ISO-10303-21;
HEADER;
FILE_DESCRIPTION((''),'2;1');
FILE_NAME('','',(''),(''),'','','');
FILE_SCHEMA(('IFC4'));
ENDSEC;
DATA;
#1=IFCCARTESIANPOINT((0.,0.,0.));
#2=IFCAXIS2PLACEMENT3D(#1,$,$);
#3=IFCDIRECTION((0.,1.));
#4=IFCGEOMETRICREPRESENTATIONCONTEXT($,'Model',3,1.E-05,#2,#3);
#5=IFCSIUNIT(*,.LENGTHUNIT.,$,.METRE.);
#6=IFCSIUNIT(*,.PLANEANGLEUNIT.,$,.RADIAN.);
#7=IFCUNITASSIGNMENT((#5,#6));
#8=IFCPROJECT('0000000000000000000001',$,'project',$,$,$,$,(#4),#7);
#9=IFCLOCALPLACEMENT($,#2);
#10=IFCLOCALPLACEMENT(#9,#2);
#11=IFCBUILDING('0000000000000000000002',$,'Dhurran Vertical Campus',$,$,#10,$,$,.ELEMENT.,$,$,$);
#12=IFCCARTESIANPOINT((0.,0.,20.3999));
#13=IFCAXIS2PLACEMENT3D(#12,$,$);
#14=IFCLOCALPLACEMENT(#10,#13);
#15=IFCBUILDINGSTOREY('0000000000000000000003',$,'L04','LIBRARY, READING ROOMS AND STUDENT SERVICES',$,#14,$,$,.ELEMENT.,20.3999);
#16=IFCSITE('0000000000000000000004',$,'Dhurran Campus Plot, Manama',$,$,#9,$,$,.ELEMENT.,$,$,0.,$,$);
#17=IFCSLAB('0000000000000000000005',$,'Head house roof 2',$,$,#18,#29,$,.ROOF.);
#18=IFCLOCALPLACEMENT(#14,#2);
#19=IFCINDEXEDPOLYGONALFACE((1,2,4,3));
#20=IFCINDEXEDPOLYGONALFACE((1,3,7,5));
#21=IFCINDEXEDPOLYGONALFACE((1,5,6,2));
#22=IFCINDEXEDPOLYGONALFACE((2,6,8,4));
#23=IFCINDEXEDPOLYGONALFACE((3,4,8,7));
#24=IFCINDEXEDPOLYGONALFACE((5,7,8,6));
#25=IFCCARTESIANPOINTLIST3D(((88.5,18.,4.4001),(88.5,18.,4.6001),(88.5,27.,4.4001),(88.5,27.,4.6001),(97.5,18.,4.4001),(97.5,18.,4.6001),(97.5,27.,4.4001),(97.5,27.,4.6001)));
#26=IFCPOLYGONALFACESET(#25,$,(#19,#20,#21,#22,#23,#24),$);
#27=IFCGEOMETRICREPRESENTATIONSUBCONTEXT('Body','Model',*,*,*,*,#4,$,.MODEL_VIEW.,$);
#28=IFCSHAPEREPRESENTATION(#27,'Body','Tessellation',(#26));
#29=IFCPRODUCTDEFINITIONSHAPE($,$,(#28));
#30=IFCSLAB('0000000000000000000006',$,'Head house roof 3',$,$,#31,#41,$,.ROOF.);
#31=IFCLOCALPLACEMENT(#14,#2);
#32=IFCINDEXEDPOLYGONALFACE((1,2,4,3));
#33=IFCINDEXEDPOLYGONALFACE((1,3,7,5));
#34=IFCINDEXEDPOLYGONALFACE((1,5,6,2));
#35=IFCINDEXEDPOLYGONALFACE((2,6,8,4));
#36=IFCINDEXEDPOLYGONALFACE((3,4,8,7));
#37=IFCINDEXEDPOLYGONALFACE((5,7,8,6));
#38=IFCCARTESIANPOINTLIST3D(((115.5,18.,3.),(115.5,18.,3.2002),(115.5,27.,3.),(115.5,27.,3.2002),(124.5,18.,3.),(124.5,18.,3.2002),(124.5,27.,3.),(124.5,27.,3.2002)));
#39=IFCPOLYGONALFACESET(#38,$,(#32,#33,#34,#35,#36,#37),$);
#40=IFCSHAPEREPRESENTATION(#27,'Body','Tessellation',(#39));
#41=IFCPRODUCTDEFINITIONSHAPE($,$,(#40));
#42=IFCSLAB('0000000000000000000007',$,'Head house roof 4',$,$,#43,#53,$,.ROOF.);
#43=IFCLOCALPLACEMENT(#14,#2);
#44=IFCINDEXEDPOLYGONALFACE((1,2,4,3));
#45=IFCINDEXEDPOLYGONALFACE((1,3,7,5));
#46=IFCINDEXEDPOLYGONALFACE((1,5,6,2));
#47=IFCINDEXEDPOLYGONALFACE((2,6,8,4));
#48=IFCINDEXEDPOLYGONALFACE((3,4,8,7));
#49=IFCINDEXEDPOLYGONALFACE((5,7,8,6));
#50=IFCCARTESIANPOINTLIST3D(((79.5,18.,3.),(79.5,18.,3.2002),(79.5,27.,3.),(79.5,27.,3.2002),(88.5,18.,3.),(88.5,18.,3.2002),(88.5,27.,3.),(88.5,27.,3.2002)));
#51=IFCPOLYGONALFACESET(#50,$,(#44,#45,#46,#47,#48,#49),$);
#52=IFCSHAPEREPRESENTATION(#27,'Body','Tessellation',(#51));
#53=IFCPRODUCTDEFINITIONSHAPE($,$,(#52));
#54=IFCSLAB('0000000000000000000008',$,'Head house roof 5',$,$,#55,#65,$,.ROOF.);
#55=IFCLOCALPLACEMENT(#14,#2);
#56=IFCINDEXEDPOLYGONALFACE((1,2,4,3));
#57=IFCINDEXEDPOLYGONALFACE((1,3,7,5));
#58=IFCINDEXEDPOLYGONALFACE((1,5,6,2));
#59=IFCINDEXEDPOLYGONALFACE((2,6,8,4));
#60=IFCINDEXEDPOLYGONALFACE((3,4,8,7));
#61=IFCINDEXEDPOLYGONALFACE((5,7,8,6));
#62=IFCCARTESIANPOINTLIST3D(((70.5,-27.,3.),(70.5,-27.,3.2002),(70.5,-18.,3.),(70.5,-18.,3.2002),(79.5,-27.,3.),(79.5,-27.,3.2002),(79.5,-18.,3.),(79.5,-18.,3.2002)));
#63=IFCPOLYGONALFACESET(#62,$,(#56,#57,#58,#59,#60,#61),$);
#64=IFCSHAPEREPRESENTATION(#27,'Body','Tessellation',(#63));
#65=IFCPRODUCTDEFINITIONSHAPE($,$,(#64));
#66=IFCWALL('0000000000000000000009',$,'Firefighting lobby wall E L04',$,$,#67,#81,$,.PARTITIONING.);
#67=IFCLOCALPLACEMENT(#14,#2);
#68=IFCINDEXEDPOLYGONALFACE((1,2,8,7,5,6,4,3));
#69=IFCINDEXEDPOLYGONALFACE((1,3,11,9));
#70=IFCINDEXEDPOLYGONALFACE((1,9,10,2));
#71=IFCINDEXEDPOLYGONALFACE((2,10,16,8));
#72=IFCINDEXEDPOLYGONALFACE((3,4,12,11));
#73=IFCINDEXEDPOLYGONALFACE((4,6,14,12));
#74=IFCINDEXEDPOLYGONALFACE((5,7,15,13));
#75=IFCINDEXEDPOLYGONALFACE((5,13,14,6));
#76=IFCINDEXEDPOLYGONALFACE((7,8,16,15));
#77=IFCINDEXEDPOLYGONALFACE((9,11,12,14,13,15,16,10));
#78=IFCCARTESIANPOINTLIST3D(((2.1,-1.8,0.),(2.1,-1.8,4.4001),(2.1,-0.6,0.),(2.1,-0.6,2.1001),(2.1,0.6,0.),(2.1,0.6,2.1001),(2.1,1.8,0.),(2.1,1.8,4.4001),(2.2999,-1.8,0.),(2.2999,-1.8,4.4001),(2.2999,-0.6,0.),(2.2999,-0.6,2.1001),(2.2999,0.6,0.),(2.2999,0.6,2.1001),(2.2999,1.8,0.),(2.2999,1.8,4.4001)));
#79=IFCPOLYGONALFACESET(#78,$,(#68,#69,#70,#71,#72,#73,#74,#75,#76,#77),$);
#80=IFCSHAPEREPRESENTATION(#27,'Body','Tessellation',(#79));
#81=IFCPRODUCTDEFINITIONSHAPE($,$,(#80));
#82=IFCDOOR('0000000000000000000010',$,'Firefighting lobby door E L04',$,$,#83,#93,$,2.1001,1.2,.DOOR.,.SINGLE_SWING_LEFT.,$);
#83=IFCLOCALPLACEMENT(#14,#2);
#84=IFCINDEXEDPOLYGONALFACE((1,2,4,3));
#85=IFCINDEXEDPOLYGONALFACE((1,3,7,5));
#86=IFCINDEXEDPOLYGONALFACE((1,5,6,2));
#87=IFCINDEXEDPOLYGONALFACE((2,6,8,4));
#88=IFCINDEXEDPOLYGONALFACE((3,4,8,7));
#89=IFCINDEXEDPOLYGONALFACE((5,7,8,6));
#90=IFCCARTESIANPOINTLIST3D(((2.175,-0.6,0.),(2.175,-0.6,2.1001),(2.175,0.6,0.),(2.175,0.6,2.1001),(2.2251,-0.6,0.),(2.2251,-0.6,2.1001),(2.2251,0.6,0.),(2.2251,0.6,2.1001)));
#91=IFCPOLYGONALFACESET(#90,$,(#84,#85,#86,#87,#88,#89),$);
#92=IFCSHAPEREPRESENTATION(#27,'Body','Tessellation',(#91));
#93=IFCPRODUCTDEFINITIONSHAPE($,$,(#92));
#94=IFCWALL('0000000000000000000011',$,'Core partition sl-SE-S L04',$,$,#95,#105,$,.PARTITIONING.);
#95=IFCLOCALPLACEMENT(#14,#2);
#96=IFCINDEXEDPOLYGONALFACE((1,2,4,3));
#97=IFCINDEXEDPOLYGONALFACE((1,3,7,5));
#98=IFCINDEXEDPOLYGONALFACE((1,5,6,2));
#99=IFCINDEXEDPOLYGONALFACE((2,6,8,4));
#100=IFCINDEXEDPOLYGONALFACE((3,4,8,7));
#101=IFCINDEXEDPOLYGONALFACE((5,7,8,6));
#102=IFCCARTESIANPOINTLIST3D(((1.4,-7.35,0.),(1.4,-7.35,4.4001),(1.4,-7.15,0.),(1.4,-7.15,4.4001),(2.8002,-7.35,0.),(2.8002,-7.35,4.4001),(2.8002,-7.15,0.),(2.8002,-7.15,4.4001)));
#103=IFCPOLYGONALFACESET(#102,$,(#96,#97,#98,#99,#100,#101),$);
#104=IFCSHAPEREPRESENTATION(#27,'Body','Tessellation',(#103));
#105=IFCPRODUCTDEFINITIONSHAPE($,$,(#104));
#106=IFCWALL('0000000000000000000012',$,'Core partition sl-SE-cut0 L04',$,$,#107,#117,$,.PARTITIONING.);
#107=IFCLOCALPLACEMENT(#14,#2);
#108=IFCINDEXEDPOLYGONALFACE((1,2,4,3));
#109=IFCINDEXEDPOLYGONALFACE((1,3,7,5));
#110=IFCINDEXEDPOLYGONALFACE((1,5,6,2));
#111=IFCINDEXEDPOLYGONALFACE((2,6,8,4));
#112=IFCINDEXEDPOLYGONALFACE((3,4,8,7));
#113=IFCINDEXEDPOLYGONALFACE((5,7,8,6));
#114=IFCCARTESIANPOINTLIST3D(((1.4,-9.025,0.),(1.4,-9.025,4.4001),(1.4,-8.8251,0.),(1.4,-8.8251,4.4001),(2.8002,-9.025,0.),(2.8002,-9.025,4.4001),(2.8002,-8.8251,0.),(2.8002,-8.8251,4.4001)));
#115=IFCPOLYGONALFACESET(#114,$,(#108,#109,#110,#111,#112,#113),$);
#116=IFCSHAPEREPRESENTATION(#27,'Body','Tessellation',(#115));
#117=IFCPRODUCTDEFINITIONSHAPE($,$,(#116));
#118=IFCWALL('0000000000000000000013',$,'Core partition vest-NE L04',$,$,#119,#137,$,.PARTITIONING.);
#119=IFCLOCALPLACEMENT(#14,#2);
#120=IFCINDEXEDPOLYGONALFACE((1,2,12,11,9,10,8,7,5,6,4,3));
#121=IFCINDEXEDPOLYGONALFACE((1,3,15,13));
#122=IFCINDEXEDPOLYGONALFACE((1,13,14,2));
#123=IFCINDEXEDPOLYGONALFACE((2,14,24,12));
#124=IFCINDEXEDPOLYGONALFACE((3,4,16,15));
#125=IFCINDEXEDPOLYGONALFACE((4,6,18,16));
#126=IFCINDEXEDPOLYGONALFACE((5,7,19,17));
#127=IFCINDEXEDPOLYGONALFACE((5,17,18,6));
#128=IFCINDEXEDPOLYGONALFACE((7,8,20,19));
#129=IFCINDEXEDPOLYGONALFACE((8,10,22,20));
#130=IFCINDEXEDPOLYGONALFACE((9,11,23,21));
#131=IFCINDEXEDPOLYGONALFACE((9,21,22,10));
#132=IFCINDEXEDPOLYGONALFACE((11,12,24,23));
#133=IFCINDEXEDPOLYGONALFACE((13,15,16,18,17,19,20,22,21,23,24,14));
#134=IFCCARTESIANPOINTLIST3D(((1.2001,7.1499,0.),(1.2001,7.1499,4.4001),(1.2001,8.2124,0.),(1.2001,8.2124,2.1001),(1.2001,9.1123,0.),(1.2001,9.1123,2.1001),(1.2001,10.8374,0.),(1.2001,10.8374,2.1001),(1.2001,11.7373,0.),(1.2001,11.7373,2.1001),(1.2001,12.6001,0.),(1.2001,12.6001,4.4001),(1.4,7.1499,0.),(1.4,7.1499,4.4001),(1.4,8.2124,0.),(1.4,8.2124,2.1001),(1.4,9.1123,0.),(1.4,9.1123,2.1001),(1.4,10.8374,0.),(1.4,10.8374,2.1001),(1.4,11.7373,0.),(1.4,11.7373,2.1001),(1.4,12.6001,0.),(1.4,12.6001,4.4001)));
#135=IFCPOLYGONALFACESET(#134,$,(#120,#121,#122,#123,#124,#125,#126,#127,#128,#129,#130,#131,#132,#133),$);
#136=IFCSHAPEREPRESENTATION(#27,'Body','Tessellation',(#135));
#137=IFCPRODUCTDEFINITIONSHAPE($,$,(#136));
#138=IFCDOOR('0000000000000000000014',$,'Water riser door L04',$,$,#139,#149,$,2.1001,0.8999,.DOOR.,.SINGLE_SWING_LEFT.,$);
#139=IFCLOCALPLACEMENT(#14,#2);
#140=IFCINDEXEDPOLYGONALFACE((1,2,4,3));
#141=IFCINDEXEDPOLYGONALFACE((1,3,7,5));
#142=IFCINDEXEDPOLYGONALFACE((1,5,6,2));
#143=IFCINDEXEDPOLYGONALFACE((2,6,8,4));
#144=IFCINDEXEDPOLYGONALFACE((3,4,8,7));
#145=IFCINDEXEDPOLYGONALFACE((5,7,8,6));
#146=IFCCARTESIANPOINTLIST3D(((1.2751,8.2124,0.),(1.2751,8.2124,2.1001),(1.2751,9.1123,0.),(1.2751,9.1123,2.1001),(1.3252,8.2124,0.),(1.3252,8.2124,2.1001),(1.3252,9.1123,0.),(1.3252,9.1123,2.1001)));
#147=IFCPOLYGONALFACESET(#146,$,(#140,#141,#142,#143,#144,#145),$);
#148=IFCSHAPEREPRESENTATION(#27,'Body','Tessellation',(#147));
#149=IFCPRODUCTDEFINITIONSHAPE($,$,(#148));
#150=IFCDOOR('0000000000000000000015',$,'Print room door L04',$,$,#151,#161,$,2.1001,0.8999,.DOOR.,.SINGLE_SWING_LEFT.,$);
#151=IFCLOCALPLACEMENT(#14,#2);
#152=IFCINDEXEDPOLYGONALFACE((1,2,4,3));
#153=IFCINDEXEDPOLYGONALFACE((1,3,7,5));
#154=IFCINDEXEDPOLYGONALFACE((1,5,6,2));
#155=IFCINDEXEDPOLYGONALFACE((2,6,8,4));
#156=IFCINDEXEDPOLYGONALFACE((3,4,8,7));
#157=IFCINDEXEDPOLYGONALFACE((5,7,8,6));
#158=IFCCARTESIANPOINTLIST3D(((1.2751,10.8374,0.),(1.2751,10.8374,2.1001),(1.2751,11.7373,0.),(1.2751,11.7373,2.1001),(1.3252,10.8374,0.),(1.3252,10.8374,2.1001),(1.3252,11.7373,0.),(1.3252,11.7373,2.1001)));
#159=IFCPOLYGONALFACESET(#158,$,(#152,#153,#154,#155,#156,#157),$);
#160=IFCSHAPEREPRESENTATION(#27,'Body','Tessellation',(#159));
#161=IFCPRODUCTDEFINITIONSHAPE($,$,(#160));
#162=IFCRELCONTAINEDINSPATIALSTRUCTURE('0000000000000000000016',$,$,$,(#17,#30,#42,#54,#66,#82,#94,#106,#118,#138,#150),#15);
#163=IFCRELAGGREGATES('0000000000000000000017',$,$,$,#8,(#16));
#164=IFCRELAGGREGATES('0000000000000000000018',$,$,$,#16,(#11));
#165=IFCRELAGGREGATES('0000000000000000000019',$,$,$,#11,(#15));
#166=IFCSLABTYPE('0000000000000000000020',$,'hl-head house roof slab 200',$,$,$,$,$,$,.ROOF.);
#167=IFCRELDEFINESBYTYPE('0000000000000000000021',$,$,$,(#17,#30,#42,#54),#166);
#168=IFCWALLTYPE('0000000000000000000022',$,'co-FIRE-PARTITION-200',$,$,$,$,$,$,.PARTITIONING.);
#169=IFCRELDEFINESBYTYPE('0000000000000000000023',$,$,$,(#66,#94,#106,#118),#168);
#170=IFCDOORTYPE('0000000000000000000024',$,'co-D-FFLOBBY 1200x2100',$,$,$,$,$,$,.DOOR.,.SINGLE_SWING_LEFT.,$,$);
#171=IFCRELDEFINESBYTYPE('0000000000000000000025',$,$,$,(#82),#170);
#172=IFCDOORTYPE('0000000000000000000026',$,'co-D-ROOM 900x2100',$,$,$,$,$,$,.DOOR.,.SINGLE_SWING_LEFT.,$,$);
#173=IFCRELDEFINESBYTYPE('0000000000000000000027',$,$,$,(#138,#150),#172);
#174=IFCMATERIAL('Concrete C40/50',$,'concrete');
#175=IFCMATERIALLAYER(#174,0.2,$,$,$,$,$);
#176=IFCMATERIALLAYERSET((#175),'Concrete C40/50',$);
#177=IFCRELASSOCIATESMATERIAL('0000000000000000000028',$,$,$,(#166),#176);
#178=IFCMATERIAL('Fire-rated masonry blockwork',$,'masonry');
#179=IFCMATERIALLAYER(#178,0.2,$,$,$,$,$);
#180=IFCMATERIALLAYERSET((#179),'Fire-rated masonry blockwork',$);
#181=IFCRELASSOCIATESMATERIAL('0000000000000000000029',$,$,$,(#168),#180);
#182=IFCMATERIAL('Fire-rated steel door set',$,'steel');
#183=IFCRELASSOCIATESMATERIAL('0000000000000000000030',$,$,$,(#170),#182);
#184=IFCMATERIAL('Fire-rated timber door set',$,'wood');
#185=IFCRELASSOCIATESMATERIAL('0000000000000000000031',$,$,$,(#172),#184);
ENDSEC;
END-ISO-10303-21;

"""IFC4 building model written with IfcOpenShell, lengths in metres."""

from ifc_helpers import new_model, si_unit, direction, frame, frame_2d, origin, place, context, subcontext, project, spatial, polyline, rectangle, outline, extrude, material, layer, layer_set, type_object, element, fill, save


model = new_model("IFC4")

# Units and contexts
model_context = context("Model", 3, precision=1e-05, world=origin(), true_north=direction((0.0, 1.0)))
body_context = subcontext(model_context, "Body", "Model", "MODEL_VIEW")
ifc_project = project(units=[si_unit("LENGTHUNIT", "METRE"), si_unit("PLANEANGLEUNIT", "RADIAN")], contexts=[model_context])

# Site, building, storey
site_placement = place(None, origin())
site = spatial("IfcSite", under=ifc_project, at=site_placement, Name="Dhurran Campus Plot, Manama", CompositionType="ELEMENT", RefElevation=0.0)
building_placement = place(site_placement, origin())
building = spatial("IfcBuilding", under=site, at=building_placement, Name="Dhurran Vertical Campus", CompositionType="ELEMENT")
storey_placement = place(building_placement, frame((0.0, 0.0, 20.3999)))
storey = spatial("IfcBuildingStorey", under=building, at=storey_placement, Name="L04", Description="LIBRARY, READING ROOMS AND STUDENT SERVICES", CompositionType="ELEMENT", Elevation=20.3999)

# Slabs
ifc_material_1 = material(Name="Concrete C40/50", Category="concrete")
ifc_layer_1 = layer(ifc_material_1, 0.2)
ifc_layer_set_1 = layer_set([ifc_layer_1], Name="Concrete C40/50")
slab_type = type_object("IfcSlabType", Name="hl-head house roof slab 200", PredefinedType="ROOF", material=ifc_layer_set_1)
slab_1_placement = place(storey_placement, frame((0.0, 0.0, 4.4001)))
element("IfcSlab", 1, at=slab_1_placement, inside=storey, type_object=slab_type, Name="Head house roof 2", PredefinedType="ROOF", context=body_context, shape_type="SweptSolid", body=[
    extrude(outline(polyline([(97.5, 27.0), (88.5, 27.0), (88.5, 18.0), (97.5, 18.0), (97.5, 27.0)])), origin(), (0.0, 0.0, 1.0), 0.2),
])
slab_2_placement = place(storey_placement, frame((0.0, 0.0, 3.0)))
element("IfcSlab", 2, at=slab_2_placement, inside=storey, type_object=slab_type, Name="Head house roof 3", PredefinedType="ROOF", context=body_context, shape_type="SweptSolid", body=[
    extrude(outline(polyline([(124.5, 27.0), (115.5, 27.0), (115.5, 18.0), (124.5, 18.0), (124.5, 27.0)])), origin(), (0.0, 0.0, 1.0), 0.2002),
])
slab_3_placement = place(storey_placement, frame((0.0, 0.0, 3.0)))
element("IfcSlab", 3, at=slab_3_placement, inside=storey, type_object=slab_type, Name="Head house roof 4", PredefinedType="ROOF", context=body_context, shape_type="SweptSolid", body=[
    extrude(outline(polyline([(88.5, 27.0), (79.5, 27.0), (79.5, 18.0), (88.5, 18.0), (88.5, 27.0)])), origin(), (0.0, 0.0, 1.0), 0.2002),
])
slab_4_placement = place(storey_placement, frame((0.0, 0.0, 3.0)))
element("IfcSlab", 4, at=slab_4_placement, inside=storey, type_object=slab_type, Name="Head house roof 5", PredefinedType="ROOF", context=body_context, shape_type="SweptSolid", body=[
    extrude(outline(polyline([(70.5, -27.0), (79.5, -27.0), (79.5, -18.0), (70.5, -18.0), (70.5, -27.0)])), origin(), (0.0, 0.0, 1.0), 0.2002),
])

# Wall, opening, door
ifc_material_2 = material(Name="Fire-rated masonry blockwork", Category="masonry")
ifc_layer_2 = layer(ifc_material_2, 0.2)
ifc_layer_set_2 = layer_set([ifc_layer_2], Name="Fire-rated masonry blockwork")
wall_type_1 = type_object("IfcWallType", Name="co-FIRE-PARTITION-200", PredefinedType="PARTITIONING", material=ifc_layer_set_2)
wall_1_placement = place(storey_placement, frame((2.2, -1.8, 0.0), z_axis=(0.0, 0.0, 1.0), x_axis=(0.0, 1.0, 0.0)))
wall_1 = element("IfcWall", 5, at=wall_1_placement, inside=storey, type_object=wall_type_1, Name="Firefighting lobby wall E L04", PredefinedType="PARTITIONING", context=body_context, shape_type="SweptSolid", body=[
    extrude(rectangle(XDim=3.6001, YDim=0.2, at=frame_2d((1.8, 0.0))), origin(), (0.0, 0.0, 1.0), 4.4001),
])
opening_1_placement = place(wall_1_placement, frame((1.2, 0.0, 0.0)))
opening_1 = element("IfcOpeningElement", 6, at=opening_1_placement, cuts=wall_1, PredefinedType="OPENING", context=body_context, shape_type="SweptSolid", body=[
    extrude(rectangle(XDim=1.2, YDim=2.1001, at=frame_2d((0.6001, 1.05))), frame((0.0, 0.1099, 0.0), z_axis=(0.0, -1.0, 0.0), x_axis=(1.0, 0.0, 0.0)), (0.0, 0.0, 1.0), 0.22),
])
ifc_material_3 = material(Name="Fire-rated steel door set", Category="steel")
door_type_1 = type_object("IfcDoorType", Name="co-D-FFLOBBY 1200x2100", OperationType="SINGLE_SWING_LEFT", PredefinedType="DOOR", material=ifc_material_3)
door_1_placement = place(opening_1_placement, origin())
door_1 = element("IfcDoor", 7, at=door_1_placement, inside=storey, type_object=door_type_1, Name="Firefighting lobby door E L04", OperationType="SINGLE_SWING_LEFT", OverallHeight=2.1001, OverallWidth=1.2, PredefinedType="DOOR", context=body_context, shape_type="SweptSolid", body=[
    extrude(rectangle(XDim=1.2, YDim=2.1001, at=frame_2d((0.6001, 1.05))), frame((0.0, 0.0249, 0.0), z_axis=(0.0, -1.0, 0.0), x_axis=(1.0, 0.0, 0.0)), (0.0, 0.0, 1.0), 0.05),
])
fill(opening_1, door_1)

# Walls
for number, where, z_axis, x_axis, name in (
    (8, (1.3999, -7.25, 0.0), (0.0, 0.0, 1.0), (1.0, 0.0, 0.0), "Core partition sl-SE-S L04"),
    (9, (1.3999, -8.925, 0.0), (0.0, 0.0, 1.0), (1.0, 0.0, 0.0), "Core partition sl-SE-cut0 L04"),
):
    element("IfcWall", number, at=place(storey_placement, frame(where, z_axis=z_axis, x_axis=x_axis)), inside=storey, type_object=wall_type_1, Name=name, PredefinedType="PARTITIONING", context=body_context, shape_type="SweptSolid", body=[
        extrude(rectangle(XDim=1.4001, YDim=0.2, at=frame_2d((0.7002, 0.0))), origin(), (0.0, 0.0, 1.0), 4.4001),
    ])

# Wall, openings, doors
wall_2_placement = place(storey_placement, frame((1.3, 7.1499, 0.0), z_axis=(0.0, 0.0, 1.0), x_axis=(0.0, 1.0, 0.0)))
wall_2 = element("IfcWall", 10, at=wall_2_placement, inside=storey, type_object=wall_type_1, Name="Core partition vest-NE L04", PredefinedType="PARTITIONING", context=body_context, shape_type="SweptSolid", body=[
    extrude(rectangle(XDim=5.4502, YDim=0.2, at=frame_2d((2.7251, 0.0))), origin(), (0.0, 0.0, 1.0), 4.4001),
])
opening_2_placement = place(wall_2_placement, frame((1.0625, 0.0, 0.0)))
opening_2 = element("IfcOpeningElement", 11, at=opening_2_placement, cuts=wall_2, PredefinedType="OPENING", context=body_context, shape_type="SweptSolid", body=[
    extrude(rectangle(XDim=0.8999, YDim=2.1001, at=frame_2d((0.45, 1.05))), frame((0.0, 0.1099, 0.0), z_axis=(0.0, -1.0, 0.0), x_axis=(1.0, 0.0, 0.0)), (0.0, 0.0, 1.0), 0.22),
])
opening_3_placement = place(wall_2_placement, frame((3.6875, 0.0, 0.0)))
opening_3 = element("IfcOpeningElement", 12, at=opening_3_placement, cuts=wall_2, PredefinedType="OPENING", context=body_context, shape_type="SweptSolid", body=[
    extrude(rectangle(XDim=0.8999, YDim=2.1001, at=frame_2d((0.45, 1.05))), frame((0.0, 0.1099, 0.0), z_axis=(0.0, -1.0, 0.0), x_axis=(1.0, 0.0, 0.0)), (0.0, 0.0, 1.0), 0.22),
])
ifc_material_4 = material(Name="Fire-rated timber door set", Category="wood")
door_type_2 = type_object("IfcDoorType", Name="co-D-ROOM 900x2100", OperationType="SINGLE_SWING_LEFT", PredefinedType="DOOR", material=ifc_material_4)
door_2_placement = place(opening_2_placement, origin())
door_2 = element("IfcDoor", 13, at=door_2_placement, inside=storey, type_object=door_type_2, Name="Water riser door L04", OperationType="SINGLE_SWING_LEFT", OverallHeight=2.1001, OverallWidth=0.8999, PredefinedType="DOOR", context=body_context, shape_type="SweptSolid", body=[
    extrude(rectangle(XDim=0.8999, YDim=2.1001, at=frame_2d((0.45, 1.05))), frame((0.0, 0.0249, 0.0), z_axis=(0.0, -1.0, 0.0), x_axis=(1.0, 0.0, 0.0)), (0.0, 0.0, 1.0), 0.05),
])
fill(opening_2, door_2)
door_3_placement = place(opening_3_placement, origin())
door_3 = element("IfcDoor", 14, at=door_3_placement, inside=storey, type_object=door_type_2, Name="Print room door L04", OperationType="SINGLE_SWING_LEFT", OverallHeight=2.1001, OverallWidth=0.8999, PredefinedType="DOOR", context=body_context, shape_type="SweptSolid", body=[
    extrude(rectangle(XDim=0.8999, YDim=2.1001, at=frame_2d((0.45, 1.05))), frame((0.0, 0.0249, 0.0), z_axis=(0.0, -1.0, 0.0), x_axis=(1.0, 0.0, 0.0)), (0.0, 0.0, 1.0), 0.05),
])
fill(opening_3, door_3)

save(model, "model.ifc")
